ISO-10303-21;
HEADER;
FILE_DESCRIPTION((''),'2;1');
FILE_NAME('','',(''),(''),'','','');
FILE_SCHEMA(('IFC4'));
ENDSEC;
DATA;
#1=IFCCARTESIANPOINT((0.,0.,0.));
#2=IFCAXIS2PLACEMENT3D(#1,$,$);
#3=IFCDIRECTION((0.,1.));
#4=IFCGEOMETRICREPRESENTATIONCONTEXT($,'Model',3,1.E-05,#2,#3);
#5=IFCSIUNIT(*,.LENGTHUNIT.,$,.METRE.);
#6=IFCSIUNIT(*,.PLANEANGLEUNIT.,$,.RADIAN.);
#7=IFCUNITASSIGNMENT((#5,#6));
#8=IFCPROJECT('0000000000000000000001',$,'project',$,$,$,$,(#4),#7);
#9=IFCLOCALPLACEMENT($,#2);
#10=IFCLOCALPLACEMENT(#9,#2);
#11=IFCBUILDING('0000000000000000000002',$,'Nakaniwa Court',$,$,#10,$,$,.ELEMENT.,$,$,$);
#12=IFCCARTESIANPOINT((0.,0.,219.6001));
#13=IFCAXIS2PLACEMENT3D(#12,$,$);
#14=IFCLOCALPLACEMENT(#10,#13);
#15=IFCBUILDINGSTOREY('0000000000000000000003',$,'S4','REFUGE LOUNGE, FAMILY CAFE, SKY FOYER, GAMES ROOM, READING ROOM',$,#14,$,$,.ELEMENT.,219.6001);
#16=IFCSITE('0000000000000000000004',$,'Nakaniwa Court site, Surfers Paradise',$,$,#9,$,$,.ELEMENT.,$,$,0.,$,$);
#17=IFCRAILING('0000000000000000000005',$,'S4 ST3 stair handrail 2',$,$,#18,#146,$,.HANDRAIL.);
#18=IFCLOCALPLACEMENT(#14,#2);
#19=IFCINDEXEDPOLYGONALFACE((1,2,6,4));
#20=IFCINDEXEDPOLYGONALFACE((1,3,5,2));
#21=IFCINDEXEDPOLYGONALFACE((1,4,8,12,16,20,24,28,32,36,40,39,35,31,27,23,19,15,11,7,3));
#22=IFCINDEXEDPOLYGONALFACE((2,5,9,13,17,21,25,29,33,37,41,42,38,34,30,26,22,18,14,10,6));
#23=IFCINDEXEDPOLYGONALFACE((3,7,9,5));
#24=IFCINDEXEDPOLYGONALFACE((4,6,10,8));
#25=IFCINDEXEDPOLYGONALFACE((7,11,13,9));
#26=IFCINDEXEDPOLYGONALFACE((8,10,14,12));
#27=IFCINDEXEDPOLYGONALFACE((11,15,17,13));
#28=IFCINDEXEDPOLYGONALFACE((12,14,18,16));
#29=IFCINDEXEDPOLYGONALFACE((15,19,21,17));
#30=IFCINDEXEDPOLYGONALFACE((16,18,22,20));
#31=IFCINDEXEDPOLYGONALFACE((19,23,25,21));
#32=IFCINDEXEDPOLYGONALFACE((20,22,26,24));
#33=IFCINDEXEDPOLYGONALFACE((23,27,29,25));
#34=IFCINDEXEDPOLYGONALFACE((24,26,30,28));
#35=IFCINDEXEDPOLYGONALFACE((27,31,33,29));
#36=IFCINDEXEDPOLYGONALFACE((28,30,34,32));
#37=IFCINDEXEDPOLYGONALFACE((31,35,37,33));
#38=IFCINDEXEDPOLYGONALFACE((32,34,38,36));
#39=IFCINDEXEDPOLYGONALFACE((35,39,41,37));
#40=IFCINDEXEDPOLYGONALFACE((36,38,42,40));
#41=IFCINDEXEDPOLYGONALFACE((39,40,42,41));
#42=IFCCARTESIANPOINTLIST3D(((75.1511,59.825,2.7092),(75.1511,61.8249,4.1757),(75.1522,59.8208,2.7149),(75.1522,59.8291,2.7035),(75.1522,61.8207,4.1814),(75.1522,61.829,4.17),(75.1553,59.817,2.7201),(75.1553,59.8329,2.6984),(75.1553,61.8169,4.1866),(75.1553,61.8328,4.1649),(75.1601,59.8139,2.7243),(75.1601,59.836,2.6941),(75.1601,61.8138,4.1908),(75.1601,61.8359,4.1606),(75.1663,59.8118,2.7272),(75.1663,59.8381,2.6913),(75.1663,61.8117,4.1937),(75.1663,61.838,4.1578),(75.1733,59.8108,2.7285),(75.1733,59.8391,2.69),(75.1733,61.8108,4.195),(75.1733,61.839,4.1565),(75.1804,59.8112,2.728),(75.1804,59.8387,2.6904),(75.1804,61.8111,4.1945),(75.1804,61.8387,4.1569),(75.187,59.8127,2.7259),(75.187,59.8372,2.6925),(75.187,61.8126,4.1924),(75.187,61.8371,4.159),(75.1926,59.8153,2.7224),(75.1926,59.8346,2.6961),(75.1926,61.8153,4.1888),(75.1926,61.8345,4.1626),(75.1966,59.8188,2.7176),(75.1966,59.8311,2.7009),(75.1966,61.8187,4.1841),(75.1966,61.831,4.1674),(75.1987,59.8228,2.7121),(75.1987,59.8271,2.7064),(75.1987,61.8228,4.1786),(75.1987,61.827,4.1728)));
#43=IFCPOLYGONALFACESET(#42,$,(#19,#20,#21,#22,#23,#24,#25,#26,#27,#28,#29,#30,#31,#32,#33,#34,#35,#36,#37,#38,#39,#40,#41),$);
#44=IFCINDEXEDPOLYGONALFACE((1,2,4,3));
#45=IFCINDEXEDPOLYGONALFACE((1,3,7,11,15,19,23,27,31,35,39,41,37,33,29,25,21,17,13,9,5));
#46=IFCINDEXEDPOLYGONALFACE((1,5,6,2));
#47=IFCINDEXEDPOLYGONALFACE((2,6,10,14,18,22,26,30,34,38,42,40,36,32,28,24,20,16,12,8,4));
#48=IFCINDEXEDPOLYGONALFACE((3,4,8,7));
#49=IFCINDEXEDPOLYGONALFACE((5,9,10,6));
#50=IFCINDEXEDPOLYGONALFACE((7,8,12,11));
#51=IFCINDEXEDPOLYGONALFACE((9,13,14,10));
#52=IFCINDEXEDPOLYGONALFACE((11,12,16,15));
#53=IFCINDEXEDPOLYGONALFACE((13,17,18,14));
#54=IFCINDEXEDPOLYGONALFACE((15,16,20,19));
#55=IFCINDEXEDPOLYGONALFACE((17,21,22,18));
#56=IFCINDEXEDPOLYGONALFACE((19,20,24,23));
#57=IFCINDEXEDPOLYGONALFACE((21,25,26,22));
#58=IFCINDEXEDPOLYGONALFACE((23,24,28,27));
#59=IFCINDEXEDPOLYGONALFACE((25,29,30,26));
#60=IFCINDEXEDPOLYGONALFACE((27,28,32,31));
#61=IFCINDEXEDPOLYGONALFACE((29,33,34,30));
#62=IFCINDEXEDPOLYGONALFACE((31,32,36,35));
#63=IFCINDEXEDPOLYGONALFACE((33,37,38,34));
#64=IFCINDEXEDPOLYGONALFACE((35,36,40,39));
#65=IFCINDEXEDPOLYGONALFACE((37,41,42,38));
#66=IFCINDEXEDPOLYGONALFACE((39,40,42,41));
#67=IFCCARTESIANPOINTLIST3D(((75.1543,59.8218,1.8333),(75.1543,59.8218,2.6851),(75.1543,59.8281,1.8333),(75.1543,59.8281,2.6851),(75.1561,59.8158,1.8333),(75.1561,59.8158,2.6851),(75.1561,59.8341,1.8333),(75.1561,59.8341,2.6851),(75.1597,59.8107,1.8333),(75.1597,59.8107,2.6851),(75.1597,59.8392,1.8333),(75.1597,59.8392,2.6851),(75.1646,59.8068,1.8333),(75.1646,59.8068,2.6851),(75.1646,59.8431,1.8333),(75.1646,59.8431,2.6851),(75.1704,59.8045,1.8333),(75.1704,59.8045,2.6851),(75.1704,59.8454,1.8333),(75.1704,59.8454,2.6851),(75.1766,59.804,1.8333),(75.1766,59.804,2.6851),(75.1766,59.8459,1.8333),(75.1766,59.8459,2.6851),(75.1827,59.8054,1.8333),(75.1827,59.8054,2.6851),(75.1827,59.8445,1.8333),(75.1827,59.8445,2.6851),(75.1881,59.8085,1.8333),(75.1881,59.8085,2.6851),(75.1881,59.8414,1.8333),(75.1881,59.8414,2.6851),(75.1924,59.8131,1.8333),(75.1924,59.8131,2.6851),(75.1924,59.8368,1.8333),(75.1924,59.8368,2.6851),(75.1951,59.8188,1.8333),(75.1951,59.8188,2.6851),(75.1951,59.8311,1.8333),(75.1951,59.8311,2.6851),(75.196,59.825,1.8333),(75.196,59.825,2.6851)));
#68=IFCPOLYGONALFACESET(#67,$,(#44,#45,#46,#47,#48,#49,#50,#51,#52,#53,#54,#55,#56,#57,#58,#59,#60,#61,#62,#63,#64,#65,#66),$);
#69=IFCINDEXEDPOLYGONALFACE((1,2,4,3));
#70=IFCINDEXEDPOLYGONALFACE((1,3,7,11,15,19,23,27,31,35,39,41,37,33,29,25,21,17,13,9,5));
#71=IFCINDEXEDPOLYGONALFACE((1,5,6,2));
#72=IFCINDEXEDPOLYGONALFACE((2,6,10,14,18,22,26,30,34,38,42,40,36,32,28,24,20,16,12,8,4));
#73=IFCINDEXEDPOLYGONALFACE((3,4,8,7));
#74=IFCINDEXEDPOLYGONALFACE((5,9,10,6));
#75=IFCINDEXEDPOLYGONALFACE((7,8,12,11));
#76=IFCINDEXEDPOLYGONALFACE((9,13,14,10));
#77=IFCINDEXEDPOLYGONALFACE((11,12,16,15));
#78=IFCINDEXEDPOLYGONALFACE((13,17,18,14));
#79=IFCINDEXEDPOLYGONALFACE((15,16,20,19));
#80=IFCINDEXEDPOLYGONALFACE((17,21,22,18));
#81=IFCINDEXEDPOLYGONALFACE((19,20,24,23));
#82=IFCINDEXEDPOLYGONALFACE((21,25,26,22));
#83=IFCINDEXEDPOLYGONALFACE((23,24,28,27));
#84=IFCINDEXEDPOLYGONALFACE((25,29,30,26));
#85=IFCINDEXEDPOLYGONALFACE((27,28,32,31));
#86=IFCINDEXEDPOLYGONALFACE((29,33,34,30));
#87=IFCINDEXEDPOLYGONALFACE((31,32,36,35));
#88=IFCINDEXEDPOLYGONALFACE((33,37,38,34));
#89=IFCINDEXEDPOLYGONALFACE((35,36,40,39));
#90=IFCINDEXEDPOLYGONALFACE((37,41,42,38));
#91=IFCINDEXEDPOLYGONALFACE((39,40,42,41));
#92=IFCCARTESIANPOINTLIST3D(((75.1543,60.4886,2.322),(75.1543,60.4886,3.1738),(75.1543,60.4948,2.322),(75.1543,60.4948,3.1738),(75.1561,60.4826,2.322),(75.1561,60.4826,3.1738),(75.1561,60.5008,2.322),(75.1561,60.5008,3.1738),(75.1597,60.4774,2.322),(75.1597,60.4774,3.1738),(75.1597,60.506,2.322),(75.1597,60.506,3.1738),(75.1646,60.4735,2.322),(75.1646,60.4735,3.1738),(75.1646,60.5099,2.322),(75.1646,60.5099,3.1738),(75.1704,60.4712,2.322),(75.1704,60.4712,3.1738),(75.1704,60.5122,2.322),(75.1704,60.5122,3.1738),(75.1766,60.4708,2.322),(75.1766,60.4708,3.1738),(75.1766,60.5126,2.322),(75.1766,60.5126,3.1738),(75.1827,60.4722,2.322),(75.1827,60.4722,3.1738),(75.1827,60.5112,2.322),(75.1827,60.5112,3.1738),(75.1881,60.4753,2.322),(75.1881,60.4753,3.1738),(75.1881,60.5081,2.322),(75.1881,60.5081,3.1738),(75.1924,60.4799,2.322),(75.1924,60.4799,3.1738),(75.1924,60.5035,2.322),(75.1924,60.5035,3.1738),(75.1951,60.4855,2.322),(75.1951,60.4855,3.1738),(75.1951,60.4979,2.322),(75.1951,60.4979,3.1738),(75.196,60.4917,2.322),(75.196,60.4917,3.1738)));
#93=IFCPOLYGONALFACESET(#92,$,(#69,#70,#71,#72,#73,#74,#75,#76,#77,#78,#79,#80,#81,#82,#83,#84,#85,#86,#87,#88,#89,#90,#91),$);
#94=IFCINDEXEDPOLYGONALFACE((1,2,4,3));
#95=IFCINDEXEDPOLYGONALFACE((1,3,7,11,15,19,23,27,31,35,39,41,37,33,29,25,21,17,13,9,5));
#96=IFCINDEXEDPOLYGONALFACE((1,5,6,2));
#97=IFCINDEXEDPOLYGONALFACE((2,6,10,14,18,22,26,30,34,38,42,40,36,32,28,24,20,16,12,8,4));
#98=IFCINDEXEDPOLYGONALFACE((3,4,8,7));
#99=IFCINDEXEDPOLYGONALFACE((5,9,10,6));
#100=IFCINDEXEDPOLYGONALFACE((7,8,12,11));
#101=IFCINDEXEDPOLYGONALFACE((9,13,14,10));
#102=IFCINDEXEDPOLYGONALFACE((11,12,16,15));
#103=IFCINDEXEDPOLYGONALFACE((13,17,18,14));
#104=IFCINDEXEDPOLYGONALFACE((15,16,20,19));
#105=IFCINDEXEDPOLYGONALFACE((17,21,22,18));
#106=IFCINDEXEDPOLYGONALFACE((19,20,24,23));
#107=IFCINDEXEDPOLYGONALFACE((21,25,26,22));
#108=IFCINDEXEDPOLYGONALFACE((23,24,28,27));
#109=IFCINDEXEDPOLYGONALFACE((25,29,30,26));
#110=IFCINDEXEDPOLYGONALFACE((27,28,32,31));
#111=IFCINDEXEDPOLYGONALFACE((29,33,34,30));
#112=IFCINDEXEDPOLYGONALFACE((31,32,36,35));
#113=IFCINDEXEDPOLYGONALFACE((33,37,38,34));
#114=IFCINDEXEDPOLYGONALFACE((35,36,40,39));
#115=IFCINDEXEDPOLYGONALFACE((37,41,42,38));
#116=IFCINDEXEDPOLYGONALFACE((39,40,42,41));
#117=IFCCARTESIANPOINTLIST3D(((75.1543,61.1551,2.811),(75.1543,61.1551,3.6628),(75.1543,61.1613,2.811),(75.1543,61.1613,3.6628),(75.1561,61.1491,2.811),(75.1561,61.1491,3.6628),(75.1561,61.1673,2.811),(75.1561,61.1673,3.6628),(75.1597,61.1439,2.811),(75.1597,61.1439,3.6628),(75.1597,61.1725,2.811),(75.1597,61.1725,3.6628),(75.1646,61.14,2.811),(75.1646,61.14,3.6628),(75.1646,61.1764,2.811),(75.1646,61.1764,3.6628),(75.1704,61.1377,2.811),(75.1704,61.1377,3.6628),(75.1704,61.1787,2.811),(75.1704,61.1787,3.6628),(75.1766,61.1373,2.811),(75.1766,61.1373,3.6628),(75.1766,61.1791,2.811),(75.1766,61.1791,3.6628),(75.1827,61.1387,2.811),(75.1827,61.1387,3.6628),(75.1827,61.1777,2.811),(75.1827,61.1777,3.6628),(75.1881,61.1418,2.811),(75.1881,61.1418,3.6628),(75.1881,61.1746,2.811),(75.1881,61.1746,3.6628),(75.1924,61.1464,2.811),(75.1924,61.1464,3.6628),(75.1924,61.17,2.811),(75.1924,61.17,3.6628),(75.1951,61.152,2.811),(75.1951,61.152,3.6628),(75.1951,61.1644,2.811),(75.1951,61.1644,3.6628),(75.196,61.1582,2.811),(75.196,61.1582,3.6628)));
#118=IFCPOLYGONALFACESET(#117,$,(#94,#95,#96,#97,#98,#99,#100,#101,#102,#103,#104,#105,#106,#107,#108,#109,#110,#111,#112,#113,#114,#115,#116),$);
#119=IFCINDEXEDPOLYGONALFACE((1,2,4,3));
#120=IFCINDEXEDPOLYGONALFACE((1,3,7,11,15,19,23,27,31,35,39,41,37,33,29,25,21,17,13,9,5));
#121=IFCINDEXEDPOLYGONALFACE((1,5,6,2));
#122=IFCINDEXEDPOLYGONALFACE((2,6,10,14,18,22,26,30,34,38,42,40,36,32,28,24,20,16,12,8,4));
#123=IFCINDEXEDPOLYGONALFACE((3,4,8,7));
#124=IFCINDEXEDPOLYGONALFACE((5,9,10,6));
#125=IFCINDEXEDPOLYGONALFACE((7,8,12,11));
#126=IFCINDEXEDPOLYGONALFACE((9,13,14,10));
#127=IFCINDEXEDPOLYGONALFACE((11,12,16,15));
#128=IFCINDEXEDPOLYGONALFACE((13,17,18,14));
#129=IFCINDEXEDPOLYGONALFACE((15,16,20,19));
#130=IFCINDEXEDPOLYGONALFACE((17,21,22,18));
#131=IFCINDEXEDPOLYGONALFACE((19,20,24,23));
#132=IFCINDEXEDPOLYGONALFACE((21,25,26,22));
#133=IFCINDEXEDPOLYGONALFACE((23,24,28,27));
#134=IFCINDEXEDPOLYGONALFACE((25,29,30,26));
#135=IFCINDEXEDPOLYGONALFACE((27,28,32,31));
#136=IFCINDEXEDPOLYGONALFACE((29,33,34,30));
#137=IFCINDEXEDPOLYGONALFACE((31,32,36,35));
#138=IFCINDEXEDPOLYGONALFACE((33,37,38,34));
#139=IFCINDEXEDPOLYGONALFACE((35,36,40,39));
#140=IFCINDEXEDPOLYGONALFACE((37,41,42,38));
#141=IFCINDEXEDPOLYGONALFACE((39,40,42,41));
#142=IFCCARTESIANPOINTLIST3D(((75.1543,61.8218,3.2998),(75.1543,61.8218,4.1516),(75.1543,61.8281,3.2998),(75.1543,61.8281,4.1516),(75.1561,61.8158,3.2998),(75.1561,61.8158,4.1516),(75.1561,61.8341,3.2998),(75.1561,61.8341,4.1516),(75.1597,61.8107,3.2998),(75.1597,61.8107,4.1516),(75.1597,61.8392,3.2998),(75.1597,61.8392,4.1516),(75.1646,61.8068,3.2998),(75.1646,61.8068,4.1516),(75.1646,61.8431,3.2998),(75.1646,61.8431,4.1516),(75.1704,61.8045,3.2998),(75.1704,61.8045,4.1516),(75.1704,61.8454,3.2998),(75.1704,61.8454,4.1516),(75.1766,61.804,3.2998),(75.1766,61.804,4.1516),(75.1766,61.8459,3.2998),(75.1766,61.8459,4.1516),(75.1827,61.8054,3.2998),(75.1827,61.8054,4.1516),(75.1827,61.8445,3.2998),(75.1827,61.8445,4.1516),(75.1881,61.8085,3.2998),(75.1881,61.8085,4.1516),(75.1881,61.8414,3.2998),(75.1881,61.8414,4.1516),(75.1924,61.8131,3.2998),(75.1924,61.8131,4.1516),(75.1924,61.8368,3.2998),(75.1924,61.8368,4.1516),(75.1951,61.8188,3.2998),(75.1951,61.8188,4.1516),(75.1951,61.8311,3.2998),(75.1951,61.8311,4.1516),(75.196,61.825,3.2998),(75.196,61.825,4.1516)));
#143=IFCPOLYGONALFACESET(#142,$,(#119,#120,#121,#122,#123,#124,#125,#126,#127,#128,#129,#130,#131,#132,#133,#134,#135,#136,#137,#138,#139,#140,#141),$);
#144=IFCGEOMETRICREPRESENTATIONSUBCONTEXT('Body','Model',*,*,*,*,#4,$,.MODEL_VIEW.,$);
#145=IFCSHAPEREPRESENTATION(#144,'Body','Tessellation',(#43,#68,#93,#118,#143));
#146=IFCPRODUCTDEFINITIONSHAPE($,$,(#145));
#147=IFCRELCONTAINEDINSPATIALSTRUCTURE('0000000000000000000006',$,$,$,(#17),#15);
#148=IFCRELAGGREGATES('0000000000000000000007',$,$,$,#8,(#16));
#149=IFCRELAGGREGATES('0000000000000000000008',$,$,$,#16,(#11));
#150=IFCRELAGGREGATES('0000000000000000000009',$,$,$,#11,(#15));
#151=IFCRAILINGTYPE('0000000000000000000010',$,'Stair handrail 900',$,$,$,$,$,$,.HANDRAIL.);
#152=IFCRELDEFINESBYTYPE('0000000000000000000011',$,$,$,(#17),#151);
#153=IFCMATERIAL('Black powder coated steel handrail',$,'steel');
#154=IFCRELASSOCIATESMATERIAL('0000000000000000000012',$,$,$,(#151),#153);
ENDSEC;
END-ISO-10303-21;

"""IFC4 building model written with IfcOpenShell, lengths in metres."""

from ifc_helpers import new_model, si_unit, direction, frame, origin, origin_2d, place, context, subcontext, project, spatial, circle, extrude, material, type_object, element, save


model = new_model("IFC4")

# Units and contexts
model_context = context("Model", 3, precision=1e-05, world=origin(), true_north=direction((0.0, 1.0)))
body_context = subcontext(model_context, "Body", "Model", "MODEL_VIEW")
ifc_project = project(units=[si_unit("LENGTHUNIT", "METRE"), si_unit("PLANEANGLEUNIT", "RADIAN")], contexts=[model_context])

# Site, building, storey
site_placement = place(None, origin())
site = spatial("IfcSite", under=ifc_project, at=site_placement, Name="Nakaniwa Court site, Surfers Paradise", CompositionType="ELEMENT", RefElevation=0.0)
building_placement = place(site_placement, origin())
building = spatial("IfcBuilding", under=site, at=building_placement, Name="Nakaniwa Court", CompositionType="ELEMENT")
storey_placement = place(building_placement, frame((0.0, 0.0, 219.6001)))
storey = spatial("IfcBuildingStorey", under=building, at=storey_placement, Name="S4", Description="REFUGE LOUNGE, FAMILY CAFE, SKY FOYER, GAMES ROOM, READING ROOM", CompositionType="ELEMENT", Elevation=219.6001)

# Railing
ifc_material_1 = material(Name="Black powder coated steel handrail", Category="steel")
railing_type_1 = type_object("IfcRailingType", Name="Stair handrail 900", PredefinedType="HANDRAIL", material=ifc_material_1)
for number, where, name in (
    (1, (75.175, 59.825, 1.8333), "S4 ST3 stair handrail 2"),
):
    element("IfcRailing", number, at=place(storey_placement, frame(where)), inside=storey, type_object=railing_type_1, Name=name, PredefinedType="HANDRAIL", context=body_context, shape_type="SweptSolid", body=[
        extrude(circle(Radius=0.0239, at=origin_2d()), frame((0.0, 0.0, 0.876), z_axis=(0.0, 0.806427, 0.591334), x_axis=(-1.0, 0.0, 0.0)), (0.0, 0.0, 1.0), 2.48),
        extrude(circle(Radius=0.021, at=origin_2d()), origin(), (0.0, 0.0, 1.0), 0.8518),
        extrude(circle(Radius=0.021, at=origin_2d()), frame((0.0, 0.6667, 0.4888)), (0.0, 0.0, 1.0), 0.8518),
        extrude(circle(Radius=0.021, at=origin_2d()), frame((0.0, 1.3333, 0.9778)), (0.0, 0.0, 1.0), 0.8518),
        extrude(circle(Radius=0.021, at=origin_2d()), frame((0.0, 2.0, 1.4666)), (0.0, 0.0, 1.0), 0.8518),
    ])

save(model, "model.ifc")
